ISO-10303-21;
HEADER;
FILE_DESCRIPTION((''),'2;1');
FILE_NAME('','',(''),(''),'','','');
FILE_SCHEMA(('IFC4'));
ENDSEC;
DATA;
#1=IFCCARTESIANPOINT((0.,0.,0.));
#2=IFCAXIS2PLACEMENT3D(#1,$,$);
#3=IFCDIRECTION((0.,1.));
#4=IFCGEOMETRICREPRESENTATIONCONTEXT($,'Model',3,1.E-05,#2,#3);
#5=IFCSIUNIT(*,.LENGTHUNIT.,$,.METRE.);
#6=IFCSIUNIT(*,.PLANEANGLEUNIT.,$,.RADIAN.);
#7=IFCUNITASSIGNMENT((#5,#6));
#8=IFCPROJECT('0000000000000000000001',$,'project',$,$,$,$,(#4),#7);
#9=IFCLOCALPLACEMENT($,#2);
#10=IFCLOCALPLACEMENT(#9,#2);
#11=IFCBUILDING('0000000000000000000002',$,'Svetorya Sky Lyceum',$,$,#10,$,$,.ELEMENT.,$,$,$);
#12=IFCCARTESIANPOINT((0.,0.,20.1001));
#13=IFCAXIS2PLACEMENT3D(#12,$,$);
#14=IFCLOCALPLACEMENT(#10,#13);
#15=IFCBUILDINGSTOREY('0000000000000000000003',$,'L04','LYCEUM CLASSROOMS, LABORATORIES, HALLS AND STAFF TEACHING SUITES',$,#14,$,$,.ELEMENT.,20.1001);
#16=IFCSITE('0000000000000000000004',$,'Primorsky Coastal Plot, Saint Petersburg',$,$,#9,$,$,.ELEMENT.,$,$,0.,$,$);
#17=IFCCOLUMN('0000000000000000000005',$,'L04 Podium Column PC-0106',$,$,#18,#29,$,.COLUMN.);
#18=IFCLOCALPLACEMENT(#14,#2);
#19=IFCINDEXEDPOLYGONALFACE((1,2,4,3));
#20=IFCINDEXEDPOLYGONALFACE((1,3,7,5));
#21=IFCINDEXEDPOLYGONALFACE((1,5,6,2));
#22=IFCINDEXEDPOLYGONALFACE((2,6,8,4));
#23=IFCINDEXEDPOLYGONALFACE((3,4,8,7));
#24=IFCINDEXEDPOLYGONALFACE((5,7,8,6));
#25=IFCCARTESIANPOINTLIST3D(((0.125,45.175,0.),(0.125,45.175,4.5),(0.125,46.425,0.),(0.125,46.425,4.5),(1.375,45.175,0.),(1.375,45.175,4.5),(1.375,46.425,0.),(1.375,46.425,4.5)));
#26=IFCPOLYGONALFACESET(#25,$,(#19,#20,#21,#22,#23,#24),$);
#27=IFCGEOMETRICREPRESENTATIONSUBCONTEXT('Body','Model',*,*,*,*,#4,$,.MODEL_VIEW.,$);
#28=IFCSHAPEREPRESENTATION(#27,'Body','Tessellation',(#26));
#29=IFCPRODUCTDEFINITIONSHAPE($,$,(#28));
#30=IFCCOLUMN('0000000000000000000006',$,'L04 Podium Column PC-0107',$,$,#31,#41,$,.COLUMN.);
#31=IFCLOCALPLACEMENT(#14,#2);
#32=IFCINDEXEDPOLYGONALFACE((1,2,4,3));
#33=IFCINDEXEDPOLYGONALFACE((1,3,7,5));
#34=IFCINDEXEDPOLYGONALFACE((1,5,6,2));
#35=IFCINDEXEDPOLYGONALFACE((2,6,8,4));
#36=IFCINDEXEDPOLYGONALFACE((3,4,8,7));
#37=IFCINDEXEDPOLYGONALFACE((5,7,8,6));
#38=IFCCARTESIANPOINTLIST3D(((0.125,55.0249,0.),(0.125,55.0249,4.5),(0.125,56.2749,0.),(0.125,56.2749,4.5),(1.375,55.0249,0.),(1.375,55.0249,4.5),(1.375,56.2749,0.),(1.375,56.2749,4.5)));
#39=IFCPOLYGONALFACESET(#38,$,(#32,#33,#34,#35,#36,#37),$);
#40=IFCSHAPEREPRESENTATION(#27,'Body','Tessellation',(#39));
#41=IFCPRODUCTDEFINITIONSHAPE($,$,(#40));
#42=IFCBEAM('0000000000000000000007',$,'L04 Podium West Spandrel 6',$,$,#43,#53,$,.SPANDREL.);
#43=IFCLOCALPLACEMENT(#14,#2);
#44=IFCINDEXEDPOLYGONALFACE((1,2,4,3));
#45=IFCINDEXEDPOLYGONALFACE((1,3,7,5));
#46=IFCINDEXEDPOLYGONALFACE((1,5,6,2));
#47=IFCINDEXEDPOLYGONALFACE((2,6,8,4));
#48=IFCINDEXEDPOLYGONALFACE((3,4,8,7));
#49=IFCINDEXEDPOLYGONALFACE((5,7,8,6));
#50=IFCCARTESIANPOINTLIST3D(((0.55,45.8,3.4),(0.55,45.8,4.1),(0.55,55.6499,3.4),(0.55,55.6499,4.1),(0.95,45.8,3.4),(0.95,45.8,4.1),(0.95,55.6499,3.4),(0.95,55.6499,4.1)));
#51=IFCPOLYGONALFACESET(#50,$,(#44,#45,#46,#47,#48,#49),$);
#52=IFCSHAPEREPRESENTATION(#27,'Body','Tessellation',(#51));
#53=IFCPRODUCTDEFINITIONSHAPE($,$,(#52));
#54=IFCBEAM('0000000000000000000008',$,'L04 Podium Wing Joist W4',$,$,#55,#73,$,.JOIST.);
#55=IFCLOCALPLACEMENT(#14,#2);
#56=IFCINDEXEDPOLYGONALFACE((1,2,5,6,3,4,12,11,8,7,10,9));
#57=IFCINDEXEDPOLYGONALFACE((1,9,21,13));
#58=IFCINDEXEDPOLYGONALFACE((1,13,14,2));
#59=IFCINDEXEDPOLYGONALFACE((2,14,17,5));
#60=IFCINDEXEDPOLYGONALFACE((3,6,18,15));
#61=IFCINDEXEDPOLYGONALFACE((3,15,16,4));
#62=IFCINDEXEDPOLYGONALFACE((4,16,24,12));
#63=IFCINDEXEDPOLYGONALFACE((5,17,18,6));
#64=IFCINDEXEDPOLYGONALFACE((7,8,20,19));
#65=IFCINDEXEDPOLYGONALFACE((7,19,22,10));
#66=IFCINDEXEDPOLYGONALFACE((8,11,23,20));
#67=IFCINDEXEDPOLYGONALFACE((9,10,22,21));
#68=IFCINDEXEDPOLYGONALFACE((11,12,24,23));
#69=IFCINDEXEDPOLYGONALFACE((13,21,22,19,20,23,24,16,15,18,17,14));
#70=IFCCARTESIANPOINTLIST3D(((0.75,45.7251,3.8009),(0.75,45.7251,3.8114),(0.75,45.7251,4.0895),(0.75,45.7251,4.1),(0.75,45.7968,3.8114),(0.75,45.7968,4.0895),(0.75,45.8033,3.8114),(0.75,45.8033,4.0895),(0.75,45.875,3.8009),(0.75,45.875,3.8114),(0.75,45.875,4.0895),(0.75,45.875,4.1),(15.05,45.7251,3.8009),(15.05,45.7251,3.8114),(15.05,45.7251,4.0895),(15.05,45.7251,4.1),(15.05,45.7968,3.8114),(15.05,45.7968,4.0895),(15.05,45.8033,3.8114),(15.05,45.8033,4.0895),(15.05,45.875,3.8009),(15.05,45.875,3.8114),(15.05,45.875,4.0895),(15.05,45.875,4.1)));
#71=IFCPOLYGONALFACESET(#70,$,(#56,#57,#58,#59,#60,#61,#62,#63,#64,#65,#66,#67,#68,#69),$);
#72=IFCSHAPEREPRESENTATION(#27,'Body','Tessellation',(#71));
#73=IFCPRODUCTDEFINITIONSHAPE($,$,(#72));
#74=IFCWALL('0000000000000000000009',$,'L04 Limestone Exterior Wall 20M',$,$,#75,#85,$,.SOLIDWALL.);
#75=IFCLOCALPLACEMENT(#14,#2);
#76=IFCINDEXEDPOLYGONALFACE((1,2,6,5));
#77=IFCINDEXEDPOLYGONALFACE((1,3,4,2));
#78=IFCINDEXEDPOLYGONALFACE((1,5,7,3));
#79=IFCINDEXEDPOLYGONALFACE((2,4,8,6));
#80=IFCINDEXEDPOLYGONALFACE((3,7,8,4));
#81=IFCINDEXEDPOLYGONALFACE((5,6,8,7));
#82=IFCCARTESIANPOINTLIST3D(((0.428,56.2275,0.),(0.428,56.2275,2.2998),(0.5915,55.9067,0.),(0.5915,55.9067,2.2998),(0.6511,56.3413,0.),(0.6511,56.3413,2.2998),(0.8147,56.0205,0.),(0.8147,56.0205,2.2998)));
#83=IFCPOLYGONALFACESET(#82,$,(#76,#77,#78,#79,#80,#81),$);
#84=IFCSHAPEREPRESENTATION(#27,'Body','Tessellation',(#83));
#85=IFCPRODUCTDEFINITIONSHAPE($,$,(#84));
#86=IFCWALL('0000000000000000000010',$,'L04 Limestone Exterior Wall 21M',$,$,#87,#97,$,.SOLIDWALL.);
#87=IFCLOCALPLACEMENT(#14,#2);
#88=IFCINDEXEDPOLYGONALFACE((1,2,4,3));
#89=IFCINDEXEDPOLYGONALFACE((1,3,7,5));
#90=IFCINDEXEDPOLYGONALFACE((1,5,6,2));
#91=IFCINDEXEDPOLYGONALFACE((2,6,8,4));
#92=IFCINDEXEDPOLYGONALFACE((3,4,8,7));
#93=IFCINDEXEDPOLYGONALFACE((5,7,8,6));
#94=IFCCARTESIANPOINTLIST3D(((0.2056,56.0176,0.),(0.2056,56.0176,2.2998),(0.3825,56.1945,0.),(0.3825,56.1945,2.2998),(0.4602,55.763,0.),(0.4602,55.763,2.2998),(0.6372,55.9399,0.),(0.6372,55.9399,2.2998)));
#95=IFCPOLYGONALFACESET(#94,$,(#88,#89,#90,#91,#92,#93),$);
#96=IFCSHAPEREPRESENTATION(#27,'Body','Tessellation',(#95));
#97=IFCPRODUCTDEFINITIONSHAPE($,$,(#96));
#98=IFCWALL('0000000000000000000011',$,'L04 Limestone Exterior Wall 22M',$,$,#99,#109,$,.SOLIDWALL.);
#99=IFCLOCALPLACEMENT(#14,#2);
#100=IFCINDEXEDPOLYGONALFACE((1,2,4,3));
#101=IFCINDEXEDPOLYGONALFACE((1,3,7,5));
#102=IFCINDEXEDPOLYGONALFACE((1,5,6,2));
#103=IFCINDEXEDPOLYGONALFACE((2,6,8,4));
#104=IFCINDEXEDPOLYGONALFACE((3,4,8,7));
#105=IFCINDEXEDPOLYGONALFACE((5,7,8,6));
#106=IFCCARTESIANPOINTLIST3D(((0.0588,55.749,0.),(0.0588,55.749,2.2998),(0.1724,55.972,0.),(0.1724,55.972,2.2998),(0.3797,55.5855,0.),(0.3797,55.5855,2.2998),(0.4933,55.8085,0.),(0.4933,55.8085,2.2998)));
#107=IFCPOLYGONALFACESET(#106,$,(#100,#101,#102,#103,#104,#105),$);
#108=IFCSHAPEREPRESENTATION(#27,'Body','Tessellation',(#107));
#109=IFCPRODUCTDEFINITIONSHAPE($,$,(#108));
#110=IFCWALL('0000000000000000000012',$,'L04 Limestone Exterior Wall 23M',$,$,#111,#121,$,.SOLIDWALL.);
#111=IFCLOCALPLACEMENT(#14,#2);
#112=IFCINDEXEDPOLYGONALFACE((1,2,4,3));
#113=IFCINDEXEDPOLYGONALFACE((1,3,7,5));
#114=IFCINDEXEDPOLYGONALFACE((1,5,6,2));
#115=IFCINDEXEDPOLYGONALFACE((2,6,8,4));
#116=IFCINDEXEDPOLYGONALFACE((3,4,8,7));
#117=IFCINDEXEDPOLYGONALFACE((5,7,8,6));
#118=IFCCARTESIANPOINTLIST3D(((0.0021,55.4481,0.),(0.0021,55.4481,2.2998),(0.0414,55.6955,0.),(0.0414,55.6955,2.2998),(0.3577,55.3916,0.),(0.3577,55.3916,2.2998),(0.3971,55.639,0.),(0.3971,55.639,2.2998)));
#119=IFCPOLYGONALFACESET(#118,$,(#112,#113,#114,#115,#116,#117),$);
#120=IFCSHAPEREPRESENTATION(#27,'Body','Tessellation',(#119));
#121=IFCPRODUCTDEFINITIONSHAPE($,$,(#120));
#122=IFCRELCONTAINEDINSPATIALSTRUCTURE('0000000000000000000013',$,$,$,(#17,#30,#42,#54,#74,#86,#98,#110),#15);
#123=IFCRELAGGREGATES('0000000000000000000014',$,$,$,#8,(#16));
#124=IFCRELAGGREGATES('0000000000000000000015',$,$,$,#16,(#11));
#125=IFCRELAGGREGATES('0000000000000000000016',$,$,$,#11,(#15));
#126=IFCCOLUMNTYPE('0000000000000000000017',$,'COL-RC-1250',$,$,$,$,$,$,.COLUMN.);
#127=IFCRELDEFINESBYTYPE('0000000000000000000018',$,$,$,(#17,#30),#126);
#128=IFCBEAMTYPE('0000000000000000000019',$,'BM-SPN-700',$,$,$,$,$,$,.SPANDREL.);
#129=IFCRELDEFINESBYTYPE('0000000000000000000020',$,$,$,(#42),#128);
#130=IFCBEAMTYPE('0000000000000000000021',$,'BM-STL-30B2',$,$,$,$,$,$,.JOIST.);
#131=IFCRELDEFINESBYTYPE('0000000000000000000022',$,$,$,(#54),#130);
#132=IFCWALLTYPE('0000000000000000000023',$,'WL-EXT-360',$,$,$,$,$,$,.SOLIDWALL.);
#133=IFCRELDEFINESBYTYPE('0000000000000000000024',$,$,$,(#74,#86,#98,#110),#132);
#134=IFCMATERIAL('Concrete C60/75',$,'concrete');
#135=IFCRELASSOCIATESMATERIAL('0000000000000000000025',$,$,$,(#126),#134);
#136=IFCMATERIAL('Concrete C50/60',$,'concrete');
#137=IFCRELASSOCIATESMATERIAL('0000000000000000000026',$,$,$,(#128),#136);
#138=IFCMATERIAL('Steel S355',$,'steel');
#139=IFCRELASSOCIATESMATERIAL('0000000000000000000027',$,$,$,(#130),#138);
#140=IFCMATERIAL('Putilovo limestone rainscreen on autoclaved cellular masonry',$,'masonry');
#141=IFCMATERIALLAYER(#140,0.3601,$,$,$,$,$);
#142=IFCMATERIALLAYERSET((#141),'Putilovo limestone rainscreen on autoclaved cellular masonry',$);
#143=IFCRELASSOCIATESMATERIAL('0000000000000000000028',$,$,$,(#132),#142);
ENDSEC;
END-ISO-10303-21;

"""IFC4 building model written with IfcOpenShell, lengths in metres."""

from ifc_helpers import new_model, si_unit, direction, frame, frame_2d, origin, origin_2d, place, context, subcontext, project, spatial, rectangle, i_section, extrude, material, layer, layer_set, material_profile, profile_set, type_object, element, save


model = new_model("IFC4")

# Units and contexts
model_context = context("Model", 3, precision=1e-05, world=origin(), true_north=direction((0.0, 1.0)))
body_context = subcontext(model_context, "Body", "Model", "MODEL_VIEW")
ifc_project = project(units=[si_unit("LENGTHUNIT", "METRE"), si_unit("PLANEANGLEUNIT", "RADIAN")], contexts=[model_context])

# Site, building, storey
site_placement = place(None, origin())
site = spatial("IfcSite", under=ifc_project, at=site_placement, Name="Primorsky Coastal Plot, Saint Petersburg", CompositionType="ELEMENT", RefElevation=0.0)
building_placement = place(site_placement, origin())
building = spatial("IfcBuilding", under=site, at=building_placement, Name="Svetorya Sky Lyceum", CompositionType="ELEMENT")
storey_placement = place(building_placement, frame((0.0, 0.0, 20.1001)))
storey = spatial("IfcBuildingStorey", under=building, at=storey_placement, Name="L04", Description="LYCEUM CLASSROOMS, LABORATORIES, HALLS AND STAFF TEACHING SUITES", CompositionType="ELEMENT", Elevation=20.1001)

# Columns
ifc_material_1 = material(Name="Concrete C60/75", Category="concrete")
ifc_material_profile_1 = material_profile(ifc_material_1, rectangle(XDim=1.25, YDim=1.25, at=origin_2d()), Name="RC COL 1250x1250")
ifc_profile_set_1 = profile_set([ifc_material_profile_1], Name="Concrete C60/75")
column_type = type_object("IfcColumnType", Name="COL-RC-1250", PredefinedType="COLUMN", material=ifc_profile_set_1)
for number, where, z_axis, x_axis, name in (
    (1, (0.75, 45.8, 0.0), (0.0, 0.0, 1.0), (1.0, 0.0, 0.0), "L04 Podium Column PC-0106"),
    (2, (0.75, 55.6499, 0.0), (0.0, 0.0, 1.0), (1.0, 0.0, 0.0), "L04 Podium Column PC-0107"),
):
    element("IfcColumn", number, at=place(storey_placement, frame(where, z_axis=z_axis, x_axis=x_axis)), inside=storey, type_object=column_type, Name=name, PredefinedType="COLUMN", context=body_context, shape_type="SweptSolid", body=[
        extrude(rectangle(XDim=1.25, YDim=1.25, at=origin_2d()), origin(), (0.0, 0.0, 1.0), 4.5),
    ])

# Beams
ifc_material_2 = material(Name="Concrete C50/60", Category="concrete")
ifc_material_profile_2 = material_profile(ifc_material_2, rectangle(XDim=0.3999, YDim=0.7, at=origin_2d()), Name="RC SPANDREL 400x700")
ifc_profile_set_2 = profile_set([ifc_material_profile_2], Name="Concrete C50/60")
beam_type_1 = type_object("IfcBeamType", Name="BM-SPN-700", PredefinedType="SPANDREL", material=ifc_profile_set_2)
beam_1_placement = place(storey_placement, frame((0.75, 45.8, 3.75), z_axis=(0.0, 1.0, 0.0), x_axis=(-1.0, 0.0, 0.0)))
element("IfcBeam", 3, at=beam_1_placement, inside=storey, type_object=beam_type_1, Name="L04 Podium West Spandrel 6", PredefinedType="SPANDREL", context=body_context, shape_type="SweptSolid", body=[
    extrude(rectangle(XDim=0.3999, YDim=0.7, at=origin_2d()), origin(), (0.0, 0.0, 1.0), 9.8499),
])
ifc_material_3 = material(Name="Steel S355", Category="steel")
ifc_material_profile_3 = material_profile(ifc_material_3, i_section(OverallWidth=0.1499, OverallDepth=0.2991, WebThickness=0.0066, FlangeThickness=0.0105, at=origin_2d()), Name="GOST 30B2")
ifc_profile_set_3 = profile_set([ifc_material_profile_3], Name="Steel S355")
beam_type_2 = type_object("IfcBeamType", Name="BM-STL-30B2", PredefinedType="JOIST", material=ifc_profile_set_3)
beam_2_placement = place(storey_placement, frame((0.75, 45.8, 3.9504), z_axis=(1.0, 0.0, 0.0), x_axis=(0.0, 1.0, 0.0)))
element("IfcBeam", 4, at=beam_2_placement, inside=storey, type_object=beam_type_2, Name="L04 Podium Wing Joist W4", PredefinedType="JOIST", context=body_context, shape_type="SweptSolid", body=[
    extrude(i_section(OverallWidth=0.1499, OverallDepth=0.2991, WebThickness=0.0066, FlangeThickness=0.0105, at=origin_2d()), origin(), (0.0, 0.0, 1.0), 14.3),
])

# Walls
ifc_material_4 = material(Name="Putilovo limestone rainscreen on autoclaved cellular masonry", Category="masonry")
ifc_layer = layer(ifc_material_4, 0.3601)
ifc_layer_set = layer_set([ifc_layer], Name="Putilovo limestone rainscreen on autoclaved cellular masonry")
wall_type = type_object("IfcWallType", Name="WL-EXT-360", PredefinedType="SOLIDWALL", material=ifc_layer_set)
wall_1_placement = place(storey_placement, frame((0.7329, 56.1809, 0.0), z_axis=(0.0, 0.0, 1.0), x_axis=(-0.890891, -0.454218, 0.0)))
element("IfcWall", 5, at=wall_1_placement, inside=storey, type_object=wall_type, Name="L04 Limestone Exterior Wall 20M", PredefinedType="SOLIDWALL", context=body_context, shape_type="SweptSolid", body=[
    extrude(rectangle(XDim=0.2505, YDim=0.3601, at=frame_2d((0.1252, 0.0))), origin(), (0.0, 0.0, 1.0), 2.2998),
])
for number, where, z_axis, x_axis, name in (
    (6, (0.5098, 56.0671, 0.0), (0.0, 0.0, 1.0), (-0.707107, -0.707107, 0.0), "L04 Limestone Exterior Wall 21M"),
    (7, (0.3328, 55.8901, 0.0), (0.0, 0.0, 1.0), (-0.453838, -0.891084, 0.0), "L04 Limestone Exterior Wall 22M"),
):
    element("IfcWall", number, at=place(storey_placement, frame(where, z_axis=z_axis, x_axis=x_axis)), inside=storey, type_object=wall_type, Name=name, PredefinedType="SOLIDWALL", context=body_context, shape_type="SweptSolid", body=[
        extrude(rectangle(XDim=0.2502, YDim=0.3601, at=frame_2d((0.125, 0.0))), origin(), (0.0, 0.0, 1.0), 2.2998),
    ])
wall_2_placement = place(storey_placement, frame((0.2192, 55.6672, 0.0), z_axis=(0.0, 0.0, 1.0), x_axis=(-0.156964, -0.987604, 0.0)))
element("IfcWall", 8, at=wall_2_placement, inside=storey, type_object=wall_type, Name="L04 Limestone Exterior Wall 23M", PredefinedType="SOLIDWALL", context=body_context, shape_type="SweptSolid", body=[
    extrude(rectangle(XDim=0.2505, YDim=0.3601, at=frame_2d((0.1252, 0.0))), origin(), (0.0, 0.0, 1.0), 2.2998),
])

save(model, "model.ifc")
